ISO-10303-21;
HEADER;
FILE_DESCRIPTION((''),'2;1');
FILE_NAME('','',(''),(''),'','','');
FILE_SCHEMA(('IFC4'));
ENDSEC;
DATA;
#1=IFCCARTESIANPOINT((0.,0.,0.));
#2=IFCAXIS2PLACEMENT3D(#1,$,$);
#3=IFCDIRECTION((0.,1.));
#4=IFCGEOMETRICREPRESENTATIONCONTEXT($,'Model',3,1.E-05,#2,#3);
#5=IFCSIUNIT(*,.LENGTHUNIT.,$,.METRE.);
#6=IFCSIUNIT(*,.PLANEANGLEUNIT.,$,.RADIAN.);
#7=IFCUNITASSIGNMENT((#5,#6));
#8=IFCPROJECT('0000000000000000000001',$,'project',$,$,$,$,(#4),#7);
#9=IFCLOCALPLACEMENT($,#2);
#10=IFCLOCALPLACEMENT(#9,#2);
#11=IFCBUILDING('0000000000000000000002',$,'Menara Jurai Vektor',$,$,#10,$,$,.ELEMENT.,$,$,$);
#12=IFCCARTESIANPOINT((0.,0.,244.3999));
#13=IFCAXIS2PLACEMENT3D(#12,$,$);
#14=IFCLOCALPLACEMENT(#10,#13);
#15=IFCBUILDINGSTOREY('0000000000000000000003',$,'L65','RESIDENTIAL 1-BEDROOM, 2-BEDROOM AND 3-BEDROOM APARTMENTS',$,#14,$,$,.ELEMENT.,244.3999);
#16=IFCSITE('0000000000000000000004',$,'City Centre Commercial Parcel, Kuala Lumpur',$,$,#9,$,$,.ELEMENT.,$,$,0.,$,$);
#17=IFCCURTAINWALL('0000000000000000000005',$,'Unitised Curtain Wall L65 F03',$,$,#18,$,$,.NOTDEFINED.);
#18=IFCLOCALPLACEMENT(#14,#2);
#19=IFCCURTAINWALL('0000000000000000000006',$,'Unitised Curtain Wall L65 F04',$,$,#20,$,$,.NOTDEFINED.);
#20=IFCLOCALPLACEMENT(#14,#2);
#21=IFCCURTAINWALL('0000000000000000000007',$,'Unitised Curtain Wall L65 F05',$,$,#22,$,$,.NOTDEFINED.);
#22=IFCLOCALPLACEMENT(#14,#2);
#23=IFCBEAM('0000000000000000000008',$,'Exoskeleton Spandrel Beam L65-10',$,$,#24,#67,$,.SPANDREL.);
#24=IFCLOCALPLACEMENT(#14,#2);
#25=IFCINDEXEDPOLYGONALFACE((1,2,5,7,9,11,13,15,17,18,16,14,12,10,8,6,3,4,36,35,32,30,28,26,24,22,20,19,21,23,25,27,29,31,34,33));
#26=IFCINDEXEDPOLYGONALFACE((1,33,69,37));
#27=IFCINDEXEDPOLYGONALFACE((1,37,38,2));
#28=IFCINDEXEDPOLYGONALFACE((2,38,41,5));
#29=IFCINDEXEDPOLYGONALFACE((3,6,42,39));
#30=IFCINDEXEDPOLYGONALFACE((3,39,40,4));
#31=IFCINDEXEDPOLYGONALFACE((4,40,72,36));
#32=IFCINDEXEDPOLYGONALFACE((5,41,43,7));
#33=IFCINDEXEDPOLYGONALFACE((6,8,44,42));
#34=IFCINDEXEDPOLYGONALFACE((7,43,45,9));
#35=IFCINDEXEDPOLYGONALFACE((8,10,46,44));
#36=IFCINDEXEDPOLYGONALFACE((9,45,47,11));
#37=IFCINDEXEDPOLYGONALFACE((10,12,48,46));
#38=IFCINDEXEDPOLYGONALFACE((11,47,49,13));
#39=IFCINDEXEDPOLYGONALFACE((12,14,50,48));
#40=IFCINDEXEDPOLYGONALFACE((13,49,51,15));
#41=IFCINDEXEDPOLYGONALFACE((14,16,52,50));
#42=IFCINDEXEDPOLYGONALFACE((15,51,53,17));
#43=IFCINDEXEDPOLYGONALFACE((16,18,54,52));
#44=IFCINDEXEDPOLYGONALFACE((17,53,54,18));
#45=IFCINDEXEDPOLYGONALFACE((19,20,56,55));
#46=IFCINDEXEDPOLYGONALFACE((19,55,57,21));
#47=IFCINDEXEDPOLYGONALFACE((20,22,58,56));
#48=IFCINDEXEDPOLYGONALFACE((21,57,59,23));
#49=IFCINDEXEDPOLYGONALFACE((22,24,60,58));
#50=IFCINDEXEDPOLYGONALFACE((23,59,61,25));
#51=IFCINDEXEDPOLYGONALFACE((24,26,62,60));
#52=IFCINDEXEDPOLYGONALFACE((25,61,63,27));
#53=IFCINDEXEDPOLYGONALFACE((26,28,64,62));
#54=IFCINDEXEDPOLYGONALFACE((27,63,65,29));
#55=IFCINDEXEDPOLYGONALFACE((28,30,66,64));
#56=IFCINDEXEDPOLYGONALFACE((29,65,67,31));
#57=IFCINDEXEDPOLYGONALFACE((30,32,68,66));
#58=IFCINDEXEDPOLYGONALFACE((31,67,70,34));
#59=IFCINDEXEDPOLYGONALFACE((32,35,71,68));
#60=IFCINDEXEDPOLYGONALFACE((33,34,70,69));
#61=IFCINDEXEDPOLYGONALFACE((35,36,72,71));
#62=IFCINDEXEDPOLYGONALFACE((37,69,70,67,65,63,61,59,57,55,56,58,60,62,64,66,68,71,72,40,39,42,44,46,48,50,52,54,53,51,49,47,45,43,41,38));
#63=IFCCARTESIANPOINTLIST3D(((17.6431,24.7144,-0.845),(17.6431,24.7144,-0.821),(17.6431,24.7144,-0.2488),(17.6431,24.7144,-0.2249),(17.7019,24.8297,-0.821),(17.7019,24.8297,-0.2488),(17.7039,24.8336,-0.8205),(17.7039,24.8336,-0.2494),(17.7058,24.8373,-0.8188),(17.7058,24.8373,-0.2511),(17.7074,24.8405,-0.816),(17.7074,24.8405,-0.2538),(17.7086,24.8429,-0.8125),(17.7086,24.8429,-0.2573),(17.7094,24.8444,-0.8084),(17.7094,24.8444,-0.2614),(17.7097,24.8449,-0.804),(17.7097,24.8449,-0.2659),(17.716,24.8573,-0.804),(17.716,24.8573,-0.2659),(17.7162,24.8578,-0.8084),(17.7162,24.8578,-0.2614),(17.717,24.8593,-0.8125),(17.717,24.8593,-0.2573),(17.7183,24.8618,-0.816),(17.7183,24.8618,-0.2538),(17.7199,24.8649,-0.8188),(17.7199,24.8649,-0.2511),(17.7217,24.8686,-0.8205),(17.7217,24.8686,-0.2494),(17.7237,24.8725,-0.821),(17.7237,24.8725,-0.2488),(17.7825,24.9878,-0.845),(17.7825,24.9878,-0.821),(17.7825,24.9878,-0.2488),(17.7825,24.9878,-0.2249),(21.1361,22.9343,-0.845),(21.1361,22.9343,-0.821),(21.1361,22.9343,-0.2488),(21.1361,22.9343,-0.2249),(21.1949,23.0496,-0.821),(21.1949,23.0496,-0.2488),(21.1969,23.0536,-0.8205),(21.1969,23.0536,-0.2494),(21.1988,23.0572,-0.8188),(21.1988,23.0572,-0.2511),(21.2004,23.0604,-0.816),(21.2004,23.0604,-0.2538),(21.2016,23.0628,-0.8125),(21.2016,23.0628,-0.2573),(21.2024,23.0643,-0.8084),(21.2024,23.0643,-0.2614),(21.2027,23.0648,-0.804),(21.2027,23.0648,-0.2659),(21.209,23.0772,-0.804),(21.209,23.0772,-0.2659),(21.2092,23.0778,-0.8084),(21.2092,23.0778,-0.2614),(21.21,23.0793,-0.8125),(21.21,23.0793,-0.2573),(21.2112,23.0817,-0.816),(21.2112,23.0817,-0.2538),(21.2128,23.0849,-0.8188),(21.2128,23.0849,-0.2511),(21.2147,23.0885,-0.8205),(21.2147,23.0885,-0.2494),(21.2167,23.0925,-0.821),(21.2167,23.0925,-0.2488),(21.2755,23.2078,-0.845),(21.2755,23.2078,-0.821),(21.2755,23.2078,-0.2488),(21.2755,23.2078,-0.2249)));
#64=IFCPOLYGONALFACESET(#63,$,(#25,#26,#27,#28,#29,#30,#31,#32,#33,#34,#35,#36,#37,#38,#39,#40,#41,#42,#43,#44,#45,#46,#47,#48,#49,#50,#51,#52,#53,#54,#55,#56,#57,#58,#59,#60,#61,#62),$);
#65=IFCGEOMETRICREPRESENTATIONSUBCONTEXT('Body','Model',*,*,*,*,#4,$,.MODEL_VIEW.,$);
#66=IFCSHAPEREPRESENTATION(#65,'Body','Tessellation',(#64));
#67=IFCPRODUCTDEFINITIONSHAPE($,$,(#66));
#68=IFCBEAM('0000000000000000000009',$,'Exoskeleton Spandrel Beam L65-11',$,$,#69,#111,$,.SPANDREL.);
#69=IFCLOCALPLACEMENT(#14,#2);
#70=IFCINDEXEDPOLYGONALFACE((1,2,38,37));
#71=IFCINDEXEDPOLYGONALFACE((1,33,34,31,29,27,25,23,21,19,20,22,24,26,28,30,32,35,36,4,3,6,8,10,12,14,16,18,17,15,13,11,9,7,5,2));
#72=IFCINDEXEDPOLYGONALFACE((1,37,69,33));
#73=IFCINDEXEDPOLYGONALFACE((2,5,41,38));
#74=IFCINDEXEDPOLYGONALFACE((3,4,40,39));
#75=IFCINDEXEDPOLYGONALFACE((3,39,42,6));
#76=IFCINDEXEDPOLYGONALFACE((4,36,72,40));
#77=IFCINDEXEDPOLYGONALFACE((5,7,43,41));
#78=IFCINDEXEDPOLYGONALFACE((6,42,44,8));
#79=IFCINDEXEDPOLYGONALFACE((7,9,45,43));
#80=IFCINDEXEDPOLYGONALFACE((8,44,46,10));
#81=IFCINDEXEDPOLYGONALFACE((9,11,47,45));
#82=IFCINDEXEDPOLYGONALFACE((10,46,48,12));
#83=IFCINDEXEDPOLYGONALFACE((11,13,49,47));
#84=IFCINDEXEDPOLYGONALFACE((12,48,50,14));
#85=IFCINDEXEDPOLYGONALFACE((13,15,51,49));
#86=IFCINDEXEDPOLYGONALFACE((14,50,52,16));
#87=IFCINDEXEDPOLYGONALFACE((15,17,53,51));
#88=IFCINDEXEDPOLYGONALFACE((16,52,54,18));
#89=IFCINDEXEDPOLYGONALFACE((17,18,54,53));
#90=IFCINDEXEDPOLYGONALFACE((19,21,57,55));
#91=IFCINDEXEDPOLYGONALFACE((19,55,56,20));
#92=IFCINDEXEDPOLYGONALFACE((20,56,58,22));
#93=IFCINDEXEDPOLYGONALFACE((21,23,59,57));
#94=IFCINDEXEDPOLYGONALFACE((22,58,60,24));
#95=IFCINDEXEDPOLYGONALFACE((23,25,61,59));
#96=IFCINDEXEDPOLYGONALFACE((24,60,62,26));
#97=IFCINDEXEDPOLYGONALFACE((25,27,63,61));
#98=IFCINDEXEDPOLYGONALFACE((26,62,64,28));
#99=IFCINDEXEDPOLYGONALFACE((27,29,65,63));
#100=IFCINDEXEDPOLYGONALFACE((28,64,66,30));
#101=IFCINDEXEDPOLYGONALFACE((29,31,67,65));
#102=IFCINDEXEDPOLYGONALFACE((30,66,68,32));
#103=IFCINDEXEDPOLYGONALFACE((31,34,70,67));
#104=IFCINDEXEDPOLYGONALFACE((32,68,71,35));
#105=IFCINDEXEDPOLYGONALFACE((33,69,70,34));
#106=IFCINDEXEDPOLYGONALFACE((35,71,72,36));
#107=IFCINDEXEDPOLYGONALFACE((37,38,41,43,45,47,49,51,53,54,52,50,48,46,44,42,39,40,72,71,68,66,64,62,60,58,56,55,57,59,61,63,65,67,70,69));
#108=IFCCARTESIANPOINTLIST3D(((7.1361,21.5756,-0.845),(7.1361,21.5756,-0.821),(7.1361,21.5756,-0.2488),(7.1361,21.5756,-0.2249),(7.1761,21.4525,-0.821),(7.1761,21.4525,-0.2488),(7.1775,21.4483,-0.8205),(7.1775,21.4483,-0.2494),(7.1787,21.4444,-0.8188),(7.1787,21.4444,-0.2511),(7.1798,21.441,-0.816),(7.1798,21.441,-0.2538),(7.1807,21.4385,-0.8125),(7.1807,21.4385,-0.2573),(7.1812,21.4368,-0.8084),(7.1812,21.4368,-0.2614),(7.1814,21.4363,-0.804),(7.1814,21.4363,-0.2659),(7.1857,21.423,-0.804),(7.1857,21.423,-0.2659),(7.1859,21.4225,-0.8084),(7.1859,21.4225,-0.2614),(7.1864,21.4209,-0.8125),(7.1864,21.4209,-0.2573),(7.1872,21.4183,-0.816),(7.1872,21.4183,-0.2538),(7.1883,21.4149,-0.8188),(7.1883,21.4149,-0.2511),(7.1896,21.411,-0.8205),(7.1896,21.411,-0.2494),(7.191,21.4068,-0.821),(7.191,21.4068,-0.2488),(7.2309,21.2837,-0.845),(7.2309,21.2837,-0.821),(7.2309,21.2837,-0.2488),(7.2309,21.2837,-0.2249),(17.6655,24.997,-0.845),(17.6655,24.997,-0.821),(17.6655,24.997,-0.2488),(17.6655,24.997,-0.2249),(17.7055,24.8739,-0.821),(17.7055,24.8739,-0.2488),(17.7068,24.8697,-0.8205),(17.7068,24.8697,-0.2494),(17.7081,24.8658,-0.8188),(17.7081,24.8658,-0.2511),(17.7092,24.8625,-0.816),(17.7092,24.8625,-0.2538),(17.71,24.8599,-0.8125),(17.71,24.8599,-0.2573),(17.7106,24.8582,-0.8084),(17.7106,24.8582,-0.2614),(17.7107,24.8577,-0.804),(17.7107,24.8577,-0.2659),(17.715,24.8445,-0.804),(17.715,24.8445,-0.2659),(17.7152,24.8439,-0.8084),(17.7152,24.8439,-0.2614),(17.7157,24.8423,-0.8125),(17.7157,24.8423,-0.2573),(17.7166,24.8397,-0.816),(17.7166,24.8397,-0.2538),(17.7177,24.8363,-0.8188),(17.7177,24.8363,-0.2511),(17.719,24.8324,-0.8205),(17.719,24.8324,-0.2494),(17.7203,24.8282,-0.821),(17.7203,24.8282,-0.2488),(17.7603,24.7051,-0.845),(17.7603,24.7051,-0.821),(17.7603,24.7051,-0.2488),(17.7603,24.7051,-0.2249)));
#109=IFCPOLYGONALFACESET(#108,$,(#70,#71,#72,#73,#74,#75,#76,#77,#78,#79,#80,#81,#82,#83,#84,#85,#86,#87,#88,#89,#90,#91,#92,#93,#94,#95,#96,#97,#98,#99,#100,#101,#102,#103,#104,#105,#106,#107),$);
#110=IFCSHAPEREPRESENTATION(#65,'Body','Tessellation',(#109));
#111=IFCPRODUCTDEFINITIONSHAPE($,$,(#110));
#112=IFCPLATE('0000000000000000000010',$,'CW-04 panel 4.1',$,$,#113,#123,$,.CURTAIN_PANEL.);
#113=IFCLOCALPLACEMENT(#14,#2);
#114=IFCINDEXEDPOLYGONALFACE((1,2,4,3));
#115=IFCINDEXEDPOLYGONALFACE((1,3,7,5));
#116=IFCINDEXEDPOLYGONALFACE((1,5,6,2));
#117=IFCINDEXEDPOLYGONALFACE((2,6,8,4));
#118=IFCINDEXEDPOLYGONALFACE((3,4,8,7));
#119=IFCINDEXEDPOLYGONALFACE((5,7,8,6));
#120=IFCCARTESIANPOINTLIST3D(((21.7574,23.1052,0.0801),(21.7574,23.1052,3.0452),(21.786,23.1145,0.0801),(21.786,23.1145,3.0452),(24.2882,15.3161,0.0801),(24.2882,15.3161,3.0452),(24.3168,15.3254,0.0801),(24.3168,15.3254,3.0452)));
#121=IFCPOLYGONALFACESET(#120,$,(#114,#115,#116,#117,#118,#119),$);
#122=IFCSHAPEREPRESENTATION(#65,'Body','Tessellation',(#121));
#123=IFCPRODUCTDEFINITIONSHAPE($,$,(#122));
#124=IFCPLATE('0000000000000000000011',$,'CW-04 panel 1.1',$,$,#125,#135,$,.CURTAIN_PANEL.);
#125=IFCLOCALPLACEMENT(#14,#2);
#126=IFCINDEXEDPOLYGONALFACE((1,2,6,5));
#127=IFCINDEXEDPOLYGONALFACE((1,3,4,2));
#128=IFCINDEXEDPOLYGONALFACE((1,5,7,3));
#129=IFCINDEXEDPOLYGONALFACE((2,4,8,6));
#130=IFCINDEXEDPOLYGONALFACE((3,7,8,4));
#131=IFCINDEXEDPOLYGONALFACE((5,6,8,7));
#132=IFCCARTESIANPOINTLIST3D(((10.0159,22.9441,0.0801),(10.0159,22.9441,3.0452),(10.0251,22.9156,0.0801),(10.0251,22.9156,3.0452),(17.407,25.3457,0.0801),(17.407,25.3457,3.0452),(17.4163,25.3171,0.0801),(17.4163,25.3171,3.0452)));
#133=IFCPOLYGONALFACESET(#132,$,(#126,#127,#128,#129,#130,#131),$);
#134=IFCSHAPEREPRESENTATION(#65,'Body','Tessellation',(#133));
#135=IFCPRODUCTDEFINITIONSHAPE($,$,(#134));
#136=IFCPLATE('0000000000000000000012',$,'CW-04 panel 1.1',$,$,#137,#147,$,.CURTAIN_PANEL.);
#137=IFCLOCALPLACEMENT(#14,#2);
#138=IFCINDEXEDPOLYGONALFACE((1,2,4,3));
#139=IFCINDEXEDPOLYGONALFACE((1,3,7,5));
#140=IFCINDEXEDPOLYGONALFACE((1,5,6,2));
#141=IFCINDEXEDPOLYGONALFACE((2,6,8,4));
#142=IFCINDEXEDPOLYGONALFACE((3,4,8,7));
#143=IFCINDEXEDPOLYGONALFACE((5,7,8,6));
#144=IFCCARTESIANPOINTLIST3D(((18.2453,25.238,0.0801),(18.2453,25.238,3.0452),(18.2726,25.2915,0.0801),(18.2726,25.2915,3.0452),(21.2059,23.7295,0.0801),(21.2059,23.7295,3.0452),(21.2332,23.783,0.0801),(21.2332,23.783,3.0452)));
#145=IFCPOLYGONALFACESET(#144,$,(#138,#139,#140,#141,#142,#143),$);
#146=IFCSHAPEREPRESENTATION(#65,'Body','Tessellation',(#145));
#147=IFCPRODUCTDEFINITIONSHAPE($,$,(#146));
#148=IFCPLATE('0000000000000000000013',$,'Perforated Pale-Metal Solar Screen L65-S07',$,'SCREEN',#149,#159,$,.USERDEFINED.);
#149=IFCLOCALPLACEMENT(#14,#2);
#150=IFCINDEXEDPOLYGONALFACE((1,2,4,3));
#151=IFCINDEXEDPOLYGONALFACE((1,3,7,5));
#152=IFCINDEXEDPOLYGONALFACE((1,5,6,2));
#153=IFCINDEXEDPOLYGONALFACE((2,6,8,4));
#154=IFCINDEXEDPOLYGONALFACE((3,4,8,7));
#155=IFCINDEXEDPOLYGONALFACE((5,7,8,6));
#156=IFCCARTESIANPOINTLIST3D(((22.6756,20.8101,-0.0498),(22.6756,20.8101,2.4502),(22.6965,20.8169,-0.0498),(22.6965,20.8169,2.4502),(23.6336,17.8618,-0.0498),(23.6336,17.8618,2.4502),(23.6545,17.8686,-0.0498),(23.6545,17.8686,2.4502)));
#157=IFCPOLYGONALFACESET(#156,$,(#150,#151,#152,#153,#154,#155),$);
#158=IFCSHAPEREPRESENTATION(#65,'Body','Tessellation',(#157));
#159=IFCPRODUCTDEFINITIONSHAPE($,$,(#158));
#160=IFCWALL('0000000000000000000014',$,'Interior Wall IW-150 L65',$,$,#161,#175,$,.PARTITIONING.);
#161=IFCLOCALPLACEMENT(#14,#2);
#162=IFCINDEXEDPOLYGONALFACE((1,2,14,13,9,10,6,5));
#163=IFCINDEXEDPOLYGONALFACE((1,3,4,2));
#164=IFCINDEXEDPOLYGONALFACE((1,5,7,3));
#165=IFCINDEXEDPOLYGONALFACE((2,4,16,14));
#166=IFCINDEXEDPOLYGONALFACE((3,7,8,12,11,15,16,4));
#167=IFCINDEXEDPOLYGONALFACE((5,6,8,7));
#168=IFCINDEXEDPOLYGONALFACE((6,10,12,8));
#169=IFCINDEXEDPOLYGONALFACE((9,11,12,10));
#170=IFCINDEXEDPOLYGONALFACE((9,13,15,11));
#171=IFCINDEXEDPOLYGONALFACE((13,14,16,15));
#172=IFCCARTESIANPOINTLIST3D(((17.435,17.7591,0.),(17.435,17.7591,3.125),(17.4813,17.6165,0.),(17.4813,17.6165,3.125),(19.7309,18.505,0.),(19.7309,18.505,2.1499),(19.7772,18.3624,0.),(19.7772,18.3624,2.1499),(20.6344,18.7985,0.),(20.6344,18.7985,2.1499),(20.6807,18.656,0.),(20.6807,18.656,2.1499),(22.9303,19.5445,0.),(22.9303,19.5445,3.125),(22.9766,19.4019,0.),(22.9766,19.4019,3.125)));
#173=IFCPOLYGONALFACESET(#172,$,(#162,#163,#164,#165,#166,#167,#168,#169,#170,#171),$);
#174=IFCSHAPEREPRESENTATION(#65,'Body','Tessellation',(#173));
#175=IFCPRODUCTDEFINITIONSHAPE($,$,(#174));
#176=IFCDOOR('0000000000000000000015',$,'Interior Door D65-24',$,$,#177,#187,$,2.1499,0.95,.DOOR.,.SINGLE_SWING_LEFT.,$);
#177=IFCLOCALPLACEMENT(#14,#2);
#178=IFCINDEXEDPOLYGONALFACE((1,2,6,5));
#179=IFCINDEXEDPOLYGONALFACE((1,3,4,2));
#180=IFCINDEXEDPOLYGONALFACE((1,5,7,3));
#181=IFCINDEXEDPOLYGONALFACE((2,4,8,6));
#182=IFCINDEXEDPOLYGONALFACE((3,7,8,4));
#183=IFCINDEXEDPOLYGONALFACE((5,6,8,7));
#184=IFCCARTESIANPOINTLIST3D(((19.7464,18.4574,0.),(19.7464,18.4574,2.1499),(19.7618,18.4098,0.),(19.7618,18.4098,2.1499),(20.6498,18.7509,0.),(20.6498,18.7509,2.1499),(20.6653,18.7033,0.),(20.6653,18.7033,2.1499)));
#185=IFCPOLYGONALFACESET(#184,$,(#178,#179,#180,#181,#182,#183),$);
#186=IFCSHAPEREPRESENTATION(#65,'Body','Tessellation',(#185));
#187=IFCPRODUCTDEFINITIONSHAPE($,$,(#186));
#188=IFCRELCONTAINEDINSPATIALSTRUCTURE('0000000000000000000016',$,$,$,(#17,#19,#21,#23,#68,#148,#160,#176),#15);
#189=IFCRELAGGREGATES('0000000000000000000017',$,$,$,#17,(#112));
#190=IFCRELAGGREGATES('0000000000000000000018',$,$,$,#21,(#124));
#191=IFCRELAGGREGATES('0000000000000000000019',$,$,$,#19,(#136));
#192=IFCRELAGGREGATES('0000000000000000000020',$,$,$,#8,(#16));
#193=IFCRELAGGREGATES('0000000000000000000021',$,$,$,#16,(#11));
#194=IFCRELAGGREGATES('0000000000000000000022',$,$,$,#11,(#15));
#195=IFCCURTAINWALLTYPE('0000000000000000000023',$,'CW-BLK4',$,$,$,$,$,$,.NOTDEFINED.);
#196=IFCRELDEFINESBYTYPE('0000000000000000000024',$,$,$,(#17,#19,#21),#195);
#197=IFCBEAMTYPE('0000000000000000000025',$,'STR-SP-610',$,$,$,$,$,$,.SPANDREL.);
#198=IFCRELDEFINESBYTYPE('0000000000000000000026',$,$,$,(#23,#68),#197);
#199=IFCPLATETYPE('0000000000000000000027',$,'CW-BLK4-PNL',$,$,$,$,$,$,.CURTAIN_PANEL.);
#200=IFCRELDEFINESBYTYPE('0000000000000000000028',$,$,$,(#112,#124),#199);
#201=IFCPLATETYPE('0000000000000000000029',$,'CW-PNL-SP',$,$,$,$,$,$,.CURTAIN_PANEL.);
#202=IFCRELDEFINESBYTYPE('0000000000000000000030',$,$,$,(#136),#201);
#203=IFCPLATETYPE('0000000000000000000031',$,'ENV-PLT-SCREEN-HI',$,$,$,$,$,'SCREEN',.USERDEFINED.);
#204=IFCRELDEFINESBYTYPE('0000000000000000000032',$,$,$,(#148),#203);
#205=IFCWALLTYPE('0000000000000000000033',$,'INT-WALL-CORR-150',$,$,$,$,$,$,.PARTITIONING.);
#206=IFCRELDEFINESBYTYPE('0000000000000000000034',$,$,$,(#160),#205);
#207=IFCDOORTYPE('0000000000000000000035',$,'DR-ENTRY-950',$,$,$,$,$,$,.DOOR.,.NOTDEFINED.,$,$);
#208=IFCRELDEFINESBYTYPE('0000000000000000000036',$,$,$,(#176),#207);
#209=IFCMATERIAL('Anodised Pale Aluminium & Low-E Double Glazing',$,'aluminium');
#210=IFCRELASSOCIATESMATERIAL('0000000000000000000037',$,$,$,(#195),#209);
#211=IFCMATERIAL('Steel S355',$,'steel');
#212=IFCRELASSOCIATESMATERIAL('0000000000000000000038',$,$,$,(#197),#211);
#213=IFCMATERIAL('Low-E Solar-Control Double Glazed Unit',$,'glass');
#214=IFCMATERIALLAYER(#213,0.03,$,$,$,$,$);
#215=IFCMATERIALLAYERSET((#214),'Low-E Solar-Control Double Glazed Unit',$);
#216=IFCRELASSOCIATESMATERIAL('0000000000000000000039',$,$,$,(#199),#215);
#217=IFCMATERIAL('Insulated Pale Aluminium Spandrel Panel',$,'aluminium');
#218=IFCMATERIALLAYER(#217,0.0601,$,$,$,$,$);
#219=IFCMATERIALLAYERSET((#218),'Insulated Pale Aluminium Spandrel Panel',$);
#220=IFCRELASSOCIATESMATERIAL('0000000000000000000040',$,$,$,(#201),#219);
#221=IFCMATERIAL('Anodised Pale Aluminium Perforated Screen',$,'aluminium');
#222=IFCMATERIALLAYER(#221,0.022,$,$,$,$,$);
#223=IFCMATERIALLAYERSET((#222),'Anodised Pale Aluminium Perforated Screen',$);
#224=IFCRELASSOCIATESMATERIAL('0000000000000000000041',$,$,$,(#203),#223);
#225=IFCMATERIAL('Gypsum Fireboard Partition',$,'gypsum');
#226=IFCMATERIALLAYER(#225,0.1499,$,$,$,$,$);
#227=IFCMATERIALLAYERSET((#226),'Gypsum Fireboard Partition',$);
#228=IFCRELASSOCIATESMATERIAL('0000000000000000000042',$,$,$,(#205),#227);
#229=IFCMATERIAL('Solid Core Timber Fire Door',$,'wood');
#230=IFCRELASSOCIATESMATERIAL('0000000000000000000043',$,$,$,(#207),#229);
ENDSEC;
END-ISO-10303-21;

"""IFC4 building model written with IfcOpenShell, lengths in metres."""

from ifc_helpers import new_model, si_unit, direction, frame, frame_2d, origin, origin_2d, place, context, subcontext, project, spatial, rectangle, i_section, extrude, material, layer, layer_set, material_profile, profile_set, type_object, element, fill, aggregate, save


model = new_model("IFC4")

# Units and contexts
model_context = context("Model", 3, precision=1e-05, world=origin(), true_north=direction((0.0, 1.0)))
body_context = subcontext(model_context, "Body", "Model", "MODEL_VIEW")
ifc_project = project(units=[si_unit("LENGTHUNIT", "METRE"), si_unit("PLANEANGLEUNIT", "RADIAN")], contexts=[model_context])

# Site, building, storey
site_placement = place(None, origin())
site = spatial("IfcSite", under=ifc_project, at=site_placement, Name="City Centre Commercial Parcel, Kuala Lumpur", CompositionType="ELEMENT", RefElevation=0.0)
building_placement = place(site_placement, origin())
building = spatial("IfcBuilding", under=site, at=building_placement, Name="Menara Jurai Vektor", CompositionType="ELEMENT")
storey_placement = place(building_placement, frame((0.0, 0.0, 244.3999)))
storey = spatial("IfcBuildingStorey", under=building, at=storey_placement, Name="L65", Description="RESIDENTIAL 1-BEDROOM, 2-BEDROOM AND 3-BEDROOM APARTMENTS", CompositionType="ELEMENT", Elevation=244.3999)

# Curtain wall
ifc_material_1 = material(Name="Anodised Pale Aluminium & Low-E Double Glazing", Category="aluminium")
curtain_wall_type = type_object("IfcCurtainWallType", Name="CW-BLK4", PredefinedType="NOTDEFINED", material=ifc_material_1)
curtain_wall_1_placement = place(storey_placement, origin())
curtain_wall_1 = element("IfcCurtainWall", 1, at=curtain_wall_1_placement, inside=storey, type_object=curtain_wall_type, Name="Unitised Curtain Wall L65 F03", PredefinedType="NOTDEFINED")

# Curtain wall
curtain_wall_2_placement = place(storey_placement, origin())
curtain_wall_2 = element("IfcCurtainWall", 2, at=curtain_wall_2_placement, inside=storey, type_object=curtain_wall_type, Name="Unitised Curtain Wall L65 F04", PredefinedType="NOTDEFINED")

# Curtain wall
curtain_wall_3_placement = place(storey_placement, origin())
curtain_wall_3 = element("IfcCurtainWall", 3, at=curtain_wall_3_placement, inside=storey, type_object=curtain_wall_type, Name="Unitised Curtain Wall L65 F05", PredefinedType="NOTDEFINED")

# Shared definitions
ifc_material_2 = material(Name="Steel S355", Category="steel")

# Beams
ifc_material_profile_1 = material_profile(ifc_material_2, i_section(OverallWidth=0.3069, OverallDepth=0.6201, WebThickness=0.0139, FlangeThickness=0.0239, FilletRadius=0.0171, at=origin_2d()), Name="UKB 610x305x179")
ifc_profile_set_1 = profile_set([ifc_material_profile_1], Name="Steel S355")
beam_type_1 = type_object("IfcBeamType", Name="STR-SP-610", PredefinedType="SPANDREL", material=ifc_profile_set_1)
beam_1_placement = place(storey_placement, frame((21.2058, 23.071, -0.5349), z_axis=(-0.890976, 0.454051, 0.0), x_axis=(-0.454051, -0.890976, 0.0)))
element("IfcBeam", 4, at=beam_1_placement, inside=storey, type_object=beam_type_1, Name="Exoskeleton Spandrel Beam L65-10", PredefinedType="SPANDREL", context=body_context, shape_type="SweptSolid", body=[
    extrude(i_section(OverallWidth=0.3069, OverallDepth=0.6201, WebThickness=0.0139, FlangeThickness=0.0239, FilletRadius=0.0171, at=origin_2d()), origin(), (0.0, 0.0, 1.0), 3.9204),
])
beam_2_placement = place(storey_placement, frame((17.7129, 24.8511, -0.5349), z_axis=(-0.951051, -0.309034, 0.0), x_axis=(0.309034, -0.951051, 0.0)))
element("IfcBeam", 5, at=beam_2_placement, inside=storey, type_object=beam_type_1, Name="Exoskeleton Spandrel Beam L65-11", PredefinedType="SPANDREL", context=body_context, shape_type="SweptSolid", body=[
    extrude(i_section(OverallWidth=0.3069, OverallDepth=0.6201, WebThickness=0.0139, FlangeThickness=0.0239, FilletRadius=0.0171, at=origin_2d()), origin(), (0.0, 0.0, 1.0), 11.0713),
])

# Plates
ifc_material_3 = material(Name="Low-E Solar-Control Double Glazed Unit", Category="glass")
ifc_layer_1 = layer(ifc_material_3, 0.03)
ifc_layer_set_1 = layer_set([ifc_layer_1], Name="Low-E Solar-Control Double Glazed Unit")
plate_type_1 = type_object("IfcPlateType", Name="CW-BLK4-PNL", PredefinedType="CURTAIN_PANEL", material=ifc_layer_set_1)
plate_1_placement = place(storey_placement, frame((23.0371, 19.2153, 0.0801), z_axis=(0.0, 0.0, 1.0), x_axis=(-0.309016, 0.951057, 0.0)))
plate_1 = element("IfcPlate", 6, at=plate_1_placement, type_object=plate_type_1, Name="CW-04 panel 4.1", PredefinedType="CURTAIN_PANEL", context=body_context, shape_type="SweptSolid", body=[
    extrude(rectangle(XDim=8.1899, YDim=0.03, at=origin_2d()), origin(), (0.0, 0.0, 1.0), 2.9651),
])
aggregate(curtain_wall_1, [plate_1])
plate_2_placement = place(storey_placement, frame((13.7161, 24.1306, 0.0801), z_axis=(0.0, 0.0, 1.0), x_axis=(-0.951056, -0.309017, 0.0)))
plate_2 = element("IfcPlate", 7, at=plate_2_placement, type_object=plate_type_1, Name="CW-04 panel 1.1", PredefinedType="CURTAIN_PANEL", context=body_context, shape_type="SweptSolid", body=[
    extrude(rectangle(XDim=7.7715, YDim=0.03, at=origin_2d()), origin(), (0.0, 0.0, 1.0), 2.9651),
])
aggregate(curtain_wall_3, [plate_2])
ifc_material_4 = material(Name="Insulated Pale Aluminium Spandrel Panel", Category="aluminium")
ifc_layer_2 = layer(ifc_material_4, 0.0601)
ifc_layer_set_2 = layer_set([ifc_layer_2], Name="Insulated Pale Aluminium Spandrel Panel")
plate_type_2 = type_object("IfcPlateType", Name="CW-PNL-SP", PredefinedType="CURTAIN_PANEL", material=ifc_layer_set_2)
plate_3_placement = place(storey_placement, frame((19.7393, 24.5105, 0.0801), z_axis=(0.0, 0.0, 1.0), x_axis=(-0.891008, 0.453989, 0.0)))
plate_3 = element("IfcPlate", 8, at=plate_3_placement, type_object=plate_type_2, Name="CW-04 panel 1.1", PredefinedType="CURTAIN_PANEL", context=body_context, shape_type="SweptSolid", body=[
    extrude(rectangle(XDim=3.3228, YDim=0.0601, at=origin_2d()), origin(), (0.0, 0.0, 1.0), 2.9651),
])
aggregate(curtain_wall_2, [plate_3])
ifc_material_5 = material(Name="Anodised Pale Aluminium Perforated Screen", Category="aluminium")
ifc_layer_3 = layer(ifc_material_5, 0.022)
ifc_layer_set_3 = layer_set([ifc_layer_3], Name="Anodised Pale Aluminium Perforated Screen")
plate_type_3 = type_object("IfcPlateType", Name="ENV-PLT-SCREEN-HI", ElementType="SCREEN", PredefinedType="USERDEFINED", material=ifc_layer_set_3)
plate_4_placement = place(storey_placement, frame((23.165, 19.3394, -0.0498), z_axis=(0.0, 0.0, 1.0), x_axis=(-0.309017, 0.951057, 0.0)))
element("IfcPlate", 9, at=plate_4_placement, inside=storey, type_object=plate_type_3, Name="Perforated Pale-Metal Solar Screen L65-S07", ObjectType="SCREEN", PredefinedType="USERDEFINED", context=body_context, shape_type="SweptSolid", body=[
    extrude(rectangle(XDim=3.1001, YDim=0.022, at=origin_2d()), origin(), (0.0, 0.0, 1.0), 2.5),
])

# Wall, opening, door
ifc_material_6 = material(Name="Gypsum Fireboard Partition", Category="gypsum")
ifc_layer_4 = layer(ifc_material_6, 0.1499)
ifc_layer_set_4 = layer_set([ifc_layer_4], Name="Gypsum Fireboard Partition")
wall_type_1 = type_object("IfcWallType", Name="INT-WALL-CORR-150", PredefinedType="PARTITIONING", material=ifc_layer_set_4)
wall_1_placement = place(storey_placement, frame((17.458, 17.6877, 0.0), z_axis=(0.0, 0.0, 1.0), x_axis=(0.951064, 0.308993, 0.0)))
wall_1 = element("IfcWall", 10, at=wall_1_placement, inside=storey, type_object=wall_type_1, Name="Interior Wall IW-150 L65", PredefinedType="PARTITIONING", context=body_context, shape_type="SweptSolid", body=[
    extrude(rectangle(XDim=5.7781, YDim=0.1499, at=frame_2d((2.8892, 0.0))), origin(), (0.0, 0.0, 1.0), 3.125),
])
opening_1_placement = place(wall_1_placement, frame((2.4141, 0.0, 0.0)))
opening_1 = element("IfcOpeningElement", 11, at=opening_1_placement, cuts=wall_1, PredefinedType="OPENING", context=body_context, shape_type="SweptSolid", body=[
    extrude(rectangle(XDim=0.95, YDim=2.1499, at=frame_2d((0.4751, 1.075))), frame((0.0, 0.085, 0.0), z_axis=(0.0, -1.0, 0.0), x_axis=(1.0, 0.0, 0.0)), (0.0, 0.0, 1.0), 0.1699),
])
ifc_material_7 = material(Name="Solid Core Timber Fire Door", Category="wood")
door_type_1 = type_object("IfcDoorType", Name="DR-ENTRY-950", OperationType="NOTDEFINED", PredefinedType="DOOR", material=ifc_material_7)
door_1_placement = place(opening_1_placement, origin())
door_1 = element("IfcDoor", 12, at=door_1_placement, inside=storey, type_object=door_type_1, Name="Interior Door D65-24", OperationType="SINGLE_SWING_LEFT", OverallHeight=2.1499, OverallWidth=0.95, PredefinedType="DOOR", context=body_context, shape_type="SweptSolid", body=[
    extrude(rectangle(XDim=0.95, YDim=2.1499, at=frame_2d((0.4751, 1.075))), frame((0.0, 0.0249, 0.0), z_axis=(0.0, -1.0, 0.0), x_axis=(1.0, 0.0, 0.0)), (0.0, 0.0, 1.0), 0.05),
])
fill(opening_1, door_1)

save(model, "model.ifc")
